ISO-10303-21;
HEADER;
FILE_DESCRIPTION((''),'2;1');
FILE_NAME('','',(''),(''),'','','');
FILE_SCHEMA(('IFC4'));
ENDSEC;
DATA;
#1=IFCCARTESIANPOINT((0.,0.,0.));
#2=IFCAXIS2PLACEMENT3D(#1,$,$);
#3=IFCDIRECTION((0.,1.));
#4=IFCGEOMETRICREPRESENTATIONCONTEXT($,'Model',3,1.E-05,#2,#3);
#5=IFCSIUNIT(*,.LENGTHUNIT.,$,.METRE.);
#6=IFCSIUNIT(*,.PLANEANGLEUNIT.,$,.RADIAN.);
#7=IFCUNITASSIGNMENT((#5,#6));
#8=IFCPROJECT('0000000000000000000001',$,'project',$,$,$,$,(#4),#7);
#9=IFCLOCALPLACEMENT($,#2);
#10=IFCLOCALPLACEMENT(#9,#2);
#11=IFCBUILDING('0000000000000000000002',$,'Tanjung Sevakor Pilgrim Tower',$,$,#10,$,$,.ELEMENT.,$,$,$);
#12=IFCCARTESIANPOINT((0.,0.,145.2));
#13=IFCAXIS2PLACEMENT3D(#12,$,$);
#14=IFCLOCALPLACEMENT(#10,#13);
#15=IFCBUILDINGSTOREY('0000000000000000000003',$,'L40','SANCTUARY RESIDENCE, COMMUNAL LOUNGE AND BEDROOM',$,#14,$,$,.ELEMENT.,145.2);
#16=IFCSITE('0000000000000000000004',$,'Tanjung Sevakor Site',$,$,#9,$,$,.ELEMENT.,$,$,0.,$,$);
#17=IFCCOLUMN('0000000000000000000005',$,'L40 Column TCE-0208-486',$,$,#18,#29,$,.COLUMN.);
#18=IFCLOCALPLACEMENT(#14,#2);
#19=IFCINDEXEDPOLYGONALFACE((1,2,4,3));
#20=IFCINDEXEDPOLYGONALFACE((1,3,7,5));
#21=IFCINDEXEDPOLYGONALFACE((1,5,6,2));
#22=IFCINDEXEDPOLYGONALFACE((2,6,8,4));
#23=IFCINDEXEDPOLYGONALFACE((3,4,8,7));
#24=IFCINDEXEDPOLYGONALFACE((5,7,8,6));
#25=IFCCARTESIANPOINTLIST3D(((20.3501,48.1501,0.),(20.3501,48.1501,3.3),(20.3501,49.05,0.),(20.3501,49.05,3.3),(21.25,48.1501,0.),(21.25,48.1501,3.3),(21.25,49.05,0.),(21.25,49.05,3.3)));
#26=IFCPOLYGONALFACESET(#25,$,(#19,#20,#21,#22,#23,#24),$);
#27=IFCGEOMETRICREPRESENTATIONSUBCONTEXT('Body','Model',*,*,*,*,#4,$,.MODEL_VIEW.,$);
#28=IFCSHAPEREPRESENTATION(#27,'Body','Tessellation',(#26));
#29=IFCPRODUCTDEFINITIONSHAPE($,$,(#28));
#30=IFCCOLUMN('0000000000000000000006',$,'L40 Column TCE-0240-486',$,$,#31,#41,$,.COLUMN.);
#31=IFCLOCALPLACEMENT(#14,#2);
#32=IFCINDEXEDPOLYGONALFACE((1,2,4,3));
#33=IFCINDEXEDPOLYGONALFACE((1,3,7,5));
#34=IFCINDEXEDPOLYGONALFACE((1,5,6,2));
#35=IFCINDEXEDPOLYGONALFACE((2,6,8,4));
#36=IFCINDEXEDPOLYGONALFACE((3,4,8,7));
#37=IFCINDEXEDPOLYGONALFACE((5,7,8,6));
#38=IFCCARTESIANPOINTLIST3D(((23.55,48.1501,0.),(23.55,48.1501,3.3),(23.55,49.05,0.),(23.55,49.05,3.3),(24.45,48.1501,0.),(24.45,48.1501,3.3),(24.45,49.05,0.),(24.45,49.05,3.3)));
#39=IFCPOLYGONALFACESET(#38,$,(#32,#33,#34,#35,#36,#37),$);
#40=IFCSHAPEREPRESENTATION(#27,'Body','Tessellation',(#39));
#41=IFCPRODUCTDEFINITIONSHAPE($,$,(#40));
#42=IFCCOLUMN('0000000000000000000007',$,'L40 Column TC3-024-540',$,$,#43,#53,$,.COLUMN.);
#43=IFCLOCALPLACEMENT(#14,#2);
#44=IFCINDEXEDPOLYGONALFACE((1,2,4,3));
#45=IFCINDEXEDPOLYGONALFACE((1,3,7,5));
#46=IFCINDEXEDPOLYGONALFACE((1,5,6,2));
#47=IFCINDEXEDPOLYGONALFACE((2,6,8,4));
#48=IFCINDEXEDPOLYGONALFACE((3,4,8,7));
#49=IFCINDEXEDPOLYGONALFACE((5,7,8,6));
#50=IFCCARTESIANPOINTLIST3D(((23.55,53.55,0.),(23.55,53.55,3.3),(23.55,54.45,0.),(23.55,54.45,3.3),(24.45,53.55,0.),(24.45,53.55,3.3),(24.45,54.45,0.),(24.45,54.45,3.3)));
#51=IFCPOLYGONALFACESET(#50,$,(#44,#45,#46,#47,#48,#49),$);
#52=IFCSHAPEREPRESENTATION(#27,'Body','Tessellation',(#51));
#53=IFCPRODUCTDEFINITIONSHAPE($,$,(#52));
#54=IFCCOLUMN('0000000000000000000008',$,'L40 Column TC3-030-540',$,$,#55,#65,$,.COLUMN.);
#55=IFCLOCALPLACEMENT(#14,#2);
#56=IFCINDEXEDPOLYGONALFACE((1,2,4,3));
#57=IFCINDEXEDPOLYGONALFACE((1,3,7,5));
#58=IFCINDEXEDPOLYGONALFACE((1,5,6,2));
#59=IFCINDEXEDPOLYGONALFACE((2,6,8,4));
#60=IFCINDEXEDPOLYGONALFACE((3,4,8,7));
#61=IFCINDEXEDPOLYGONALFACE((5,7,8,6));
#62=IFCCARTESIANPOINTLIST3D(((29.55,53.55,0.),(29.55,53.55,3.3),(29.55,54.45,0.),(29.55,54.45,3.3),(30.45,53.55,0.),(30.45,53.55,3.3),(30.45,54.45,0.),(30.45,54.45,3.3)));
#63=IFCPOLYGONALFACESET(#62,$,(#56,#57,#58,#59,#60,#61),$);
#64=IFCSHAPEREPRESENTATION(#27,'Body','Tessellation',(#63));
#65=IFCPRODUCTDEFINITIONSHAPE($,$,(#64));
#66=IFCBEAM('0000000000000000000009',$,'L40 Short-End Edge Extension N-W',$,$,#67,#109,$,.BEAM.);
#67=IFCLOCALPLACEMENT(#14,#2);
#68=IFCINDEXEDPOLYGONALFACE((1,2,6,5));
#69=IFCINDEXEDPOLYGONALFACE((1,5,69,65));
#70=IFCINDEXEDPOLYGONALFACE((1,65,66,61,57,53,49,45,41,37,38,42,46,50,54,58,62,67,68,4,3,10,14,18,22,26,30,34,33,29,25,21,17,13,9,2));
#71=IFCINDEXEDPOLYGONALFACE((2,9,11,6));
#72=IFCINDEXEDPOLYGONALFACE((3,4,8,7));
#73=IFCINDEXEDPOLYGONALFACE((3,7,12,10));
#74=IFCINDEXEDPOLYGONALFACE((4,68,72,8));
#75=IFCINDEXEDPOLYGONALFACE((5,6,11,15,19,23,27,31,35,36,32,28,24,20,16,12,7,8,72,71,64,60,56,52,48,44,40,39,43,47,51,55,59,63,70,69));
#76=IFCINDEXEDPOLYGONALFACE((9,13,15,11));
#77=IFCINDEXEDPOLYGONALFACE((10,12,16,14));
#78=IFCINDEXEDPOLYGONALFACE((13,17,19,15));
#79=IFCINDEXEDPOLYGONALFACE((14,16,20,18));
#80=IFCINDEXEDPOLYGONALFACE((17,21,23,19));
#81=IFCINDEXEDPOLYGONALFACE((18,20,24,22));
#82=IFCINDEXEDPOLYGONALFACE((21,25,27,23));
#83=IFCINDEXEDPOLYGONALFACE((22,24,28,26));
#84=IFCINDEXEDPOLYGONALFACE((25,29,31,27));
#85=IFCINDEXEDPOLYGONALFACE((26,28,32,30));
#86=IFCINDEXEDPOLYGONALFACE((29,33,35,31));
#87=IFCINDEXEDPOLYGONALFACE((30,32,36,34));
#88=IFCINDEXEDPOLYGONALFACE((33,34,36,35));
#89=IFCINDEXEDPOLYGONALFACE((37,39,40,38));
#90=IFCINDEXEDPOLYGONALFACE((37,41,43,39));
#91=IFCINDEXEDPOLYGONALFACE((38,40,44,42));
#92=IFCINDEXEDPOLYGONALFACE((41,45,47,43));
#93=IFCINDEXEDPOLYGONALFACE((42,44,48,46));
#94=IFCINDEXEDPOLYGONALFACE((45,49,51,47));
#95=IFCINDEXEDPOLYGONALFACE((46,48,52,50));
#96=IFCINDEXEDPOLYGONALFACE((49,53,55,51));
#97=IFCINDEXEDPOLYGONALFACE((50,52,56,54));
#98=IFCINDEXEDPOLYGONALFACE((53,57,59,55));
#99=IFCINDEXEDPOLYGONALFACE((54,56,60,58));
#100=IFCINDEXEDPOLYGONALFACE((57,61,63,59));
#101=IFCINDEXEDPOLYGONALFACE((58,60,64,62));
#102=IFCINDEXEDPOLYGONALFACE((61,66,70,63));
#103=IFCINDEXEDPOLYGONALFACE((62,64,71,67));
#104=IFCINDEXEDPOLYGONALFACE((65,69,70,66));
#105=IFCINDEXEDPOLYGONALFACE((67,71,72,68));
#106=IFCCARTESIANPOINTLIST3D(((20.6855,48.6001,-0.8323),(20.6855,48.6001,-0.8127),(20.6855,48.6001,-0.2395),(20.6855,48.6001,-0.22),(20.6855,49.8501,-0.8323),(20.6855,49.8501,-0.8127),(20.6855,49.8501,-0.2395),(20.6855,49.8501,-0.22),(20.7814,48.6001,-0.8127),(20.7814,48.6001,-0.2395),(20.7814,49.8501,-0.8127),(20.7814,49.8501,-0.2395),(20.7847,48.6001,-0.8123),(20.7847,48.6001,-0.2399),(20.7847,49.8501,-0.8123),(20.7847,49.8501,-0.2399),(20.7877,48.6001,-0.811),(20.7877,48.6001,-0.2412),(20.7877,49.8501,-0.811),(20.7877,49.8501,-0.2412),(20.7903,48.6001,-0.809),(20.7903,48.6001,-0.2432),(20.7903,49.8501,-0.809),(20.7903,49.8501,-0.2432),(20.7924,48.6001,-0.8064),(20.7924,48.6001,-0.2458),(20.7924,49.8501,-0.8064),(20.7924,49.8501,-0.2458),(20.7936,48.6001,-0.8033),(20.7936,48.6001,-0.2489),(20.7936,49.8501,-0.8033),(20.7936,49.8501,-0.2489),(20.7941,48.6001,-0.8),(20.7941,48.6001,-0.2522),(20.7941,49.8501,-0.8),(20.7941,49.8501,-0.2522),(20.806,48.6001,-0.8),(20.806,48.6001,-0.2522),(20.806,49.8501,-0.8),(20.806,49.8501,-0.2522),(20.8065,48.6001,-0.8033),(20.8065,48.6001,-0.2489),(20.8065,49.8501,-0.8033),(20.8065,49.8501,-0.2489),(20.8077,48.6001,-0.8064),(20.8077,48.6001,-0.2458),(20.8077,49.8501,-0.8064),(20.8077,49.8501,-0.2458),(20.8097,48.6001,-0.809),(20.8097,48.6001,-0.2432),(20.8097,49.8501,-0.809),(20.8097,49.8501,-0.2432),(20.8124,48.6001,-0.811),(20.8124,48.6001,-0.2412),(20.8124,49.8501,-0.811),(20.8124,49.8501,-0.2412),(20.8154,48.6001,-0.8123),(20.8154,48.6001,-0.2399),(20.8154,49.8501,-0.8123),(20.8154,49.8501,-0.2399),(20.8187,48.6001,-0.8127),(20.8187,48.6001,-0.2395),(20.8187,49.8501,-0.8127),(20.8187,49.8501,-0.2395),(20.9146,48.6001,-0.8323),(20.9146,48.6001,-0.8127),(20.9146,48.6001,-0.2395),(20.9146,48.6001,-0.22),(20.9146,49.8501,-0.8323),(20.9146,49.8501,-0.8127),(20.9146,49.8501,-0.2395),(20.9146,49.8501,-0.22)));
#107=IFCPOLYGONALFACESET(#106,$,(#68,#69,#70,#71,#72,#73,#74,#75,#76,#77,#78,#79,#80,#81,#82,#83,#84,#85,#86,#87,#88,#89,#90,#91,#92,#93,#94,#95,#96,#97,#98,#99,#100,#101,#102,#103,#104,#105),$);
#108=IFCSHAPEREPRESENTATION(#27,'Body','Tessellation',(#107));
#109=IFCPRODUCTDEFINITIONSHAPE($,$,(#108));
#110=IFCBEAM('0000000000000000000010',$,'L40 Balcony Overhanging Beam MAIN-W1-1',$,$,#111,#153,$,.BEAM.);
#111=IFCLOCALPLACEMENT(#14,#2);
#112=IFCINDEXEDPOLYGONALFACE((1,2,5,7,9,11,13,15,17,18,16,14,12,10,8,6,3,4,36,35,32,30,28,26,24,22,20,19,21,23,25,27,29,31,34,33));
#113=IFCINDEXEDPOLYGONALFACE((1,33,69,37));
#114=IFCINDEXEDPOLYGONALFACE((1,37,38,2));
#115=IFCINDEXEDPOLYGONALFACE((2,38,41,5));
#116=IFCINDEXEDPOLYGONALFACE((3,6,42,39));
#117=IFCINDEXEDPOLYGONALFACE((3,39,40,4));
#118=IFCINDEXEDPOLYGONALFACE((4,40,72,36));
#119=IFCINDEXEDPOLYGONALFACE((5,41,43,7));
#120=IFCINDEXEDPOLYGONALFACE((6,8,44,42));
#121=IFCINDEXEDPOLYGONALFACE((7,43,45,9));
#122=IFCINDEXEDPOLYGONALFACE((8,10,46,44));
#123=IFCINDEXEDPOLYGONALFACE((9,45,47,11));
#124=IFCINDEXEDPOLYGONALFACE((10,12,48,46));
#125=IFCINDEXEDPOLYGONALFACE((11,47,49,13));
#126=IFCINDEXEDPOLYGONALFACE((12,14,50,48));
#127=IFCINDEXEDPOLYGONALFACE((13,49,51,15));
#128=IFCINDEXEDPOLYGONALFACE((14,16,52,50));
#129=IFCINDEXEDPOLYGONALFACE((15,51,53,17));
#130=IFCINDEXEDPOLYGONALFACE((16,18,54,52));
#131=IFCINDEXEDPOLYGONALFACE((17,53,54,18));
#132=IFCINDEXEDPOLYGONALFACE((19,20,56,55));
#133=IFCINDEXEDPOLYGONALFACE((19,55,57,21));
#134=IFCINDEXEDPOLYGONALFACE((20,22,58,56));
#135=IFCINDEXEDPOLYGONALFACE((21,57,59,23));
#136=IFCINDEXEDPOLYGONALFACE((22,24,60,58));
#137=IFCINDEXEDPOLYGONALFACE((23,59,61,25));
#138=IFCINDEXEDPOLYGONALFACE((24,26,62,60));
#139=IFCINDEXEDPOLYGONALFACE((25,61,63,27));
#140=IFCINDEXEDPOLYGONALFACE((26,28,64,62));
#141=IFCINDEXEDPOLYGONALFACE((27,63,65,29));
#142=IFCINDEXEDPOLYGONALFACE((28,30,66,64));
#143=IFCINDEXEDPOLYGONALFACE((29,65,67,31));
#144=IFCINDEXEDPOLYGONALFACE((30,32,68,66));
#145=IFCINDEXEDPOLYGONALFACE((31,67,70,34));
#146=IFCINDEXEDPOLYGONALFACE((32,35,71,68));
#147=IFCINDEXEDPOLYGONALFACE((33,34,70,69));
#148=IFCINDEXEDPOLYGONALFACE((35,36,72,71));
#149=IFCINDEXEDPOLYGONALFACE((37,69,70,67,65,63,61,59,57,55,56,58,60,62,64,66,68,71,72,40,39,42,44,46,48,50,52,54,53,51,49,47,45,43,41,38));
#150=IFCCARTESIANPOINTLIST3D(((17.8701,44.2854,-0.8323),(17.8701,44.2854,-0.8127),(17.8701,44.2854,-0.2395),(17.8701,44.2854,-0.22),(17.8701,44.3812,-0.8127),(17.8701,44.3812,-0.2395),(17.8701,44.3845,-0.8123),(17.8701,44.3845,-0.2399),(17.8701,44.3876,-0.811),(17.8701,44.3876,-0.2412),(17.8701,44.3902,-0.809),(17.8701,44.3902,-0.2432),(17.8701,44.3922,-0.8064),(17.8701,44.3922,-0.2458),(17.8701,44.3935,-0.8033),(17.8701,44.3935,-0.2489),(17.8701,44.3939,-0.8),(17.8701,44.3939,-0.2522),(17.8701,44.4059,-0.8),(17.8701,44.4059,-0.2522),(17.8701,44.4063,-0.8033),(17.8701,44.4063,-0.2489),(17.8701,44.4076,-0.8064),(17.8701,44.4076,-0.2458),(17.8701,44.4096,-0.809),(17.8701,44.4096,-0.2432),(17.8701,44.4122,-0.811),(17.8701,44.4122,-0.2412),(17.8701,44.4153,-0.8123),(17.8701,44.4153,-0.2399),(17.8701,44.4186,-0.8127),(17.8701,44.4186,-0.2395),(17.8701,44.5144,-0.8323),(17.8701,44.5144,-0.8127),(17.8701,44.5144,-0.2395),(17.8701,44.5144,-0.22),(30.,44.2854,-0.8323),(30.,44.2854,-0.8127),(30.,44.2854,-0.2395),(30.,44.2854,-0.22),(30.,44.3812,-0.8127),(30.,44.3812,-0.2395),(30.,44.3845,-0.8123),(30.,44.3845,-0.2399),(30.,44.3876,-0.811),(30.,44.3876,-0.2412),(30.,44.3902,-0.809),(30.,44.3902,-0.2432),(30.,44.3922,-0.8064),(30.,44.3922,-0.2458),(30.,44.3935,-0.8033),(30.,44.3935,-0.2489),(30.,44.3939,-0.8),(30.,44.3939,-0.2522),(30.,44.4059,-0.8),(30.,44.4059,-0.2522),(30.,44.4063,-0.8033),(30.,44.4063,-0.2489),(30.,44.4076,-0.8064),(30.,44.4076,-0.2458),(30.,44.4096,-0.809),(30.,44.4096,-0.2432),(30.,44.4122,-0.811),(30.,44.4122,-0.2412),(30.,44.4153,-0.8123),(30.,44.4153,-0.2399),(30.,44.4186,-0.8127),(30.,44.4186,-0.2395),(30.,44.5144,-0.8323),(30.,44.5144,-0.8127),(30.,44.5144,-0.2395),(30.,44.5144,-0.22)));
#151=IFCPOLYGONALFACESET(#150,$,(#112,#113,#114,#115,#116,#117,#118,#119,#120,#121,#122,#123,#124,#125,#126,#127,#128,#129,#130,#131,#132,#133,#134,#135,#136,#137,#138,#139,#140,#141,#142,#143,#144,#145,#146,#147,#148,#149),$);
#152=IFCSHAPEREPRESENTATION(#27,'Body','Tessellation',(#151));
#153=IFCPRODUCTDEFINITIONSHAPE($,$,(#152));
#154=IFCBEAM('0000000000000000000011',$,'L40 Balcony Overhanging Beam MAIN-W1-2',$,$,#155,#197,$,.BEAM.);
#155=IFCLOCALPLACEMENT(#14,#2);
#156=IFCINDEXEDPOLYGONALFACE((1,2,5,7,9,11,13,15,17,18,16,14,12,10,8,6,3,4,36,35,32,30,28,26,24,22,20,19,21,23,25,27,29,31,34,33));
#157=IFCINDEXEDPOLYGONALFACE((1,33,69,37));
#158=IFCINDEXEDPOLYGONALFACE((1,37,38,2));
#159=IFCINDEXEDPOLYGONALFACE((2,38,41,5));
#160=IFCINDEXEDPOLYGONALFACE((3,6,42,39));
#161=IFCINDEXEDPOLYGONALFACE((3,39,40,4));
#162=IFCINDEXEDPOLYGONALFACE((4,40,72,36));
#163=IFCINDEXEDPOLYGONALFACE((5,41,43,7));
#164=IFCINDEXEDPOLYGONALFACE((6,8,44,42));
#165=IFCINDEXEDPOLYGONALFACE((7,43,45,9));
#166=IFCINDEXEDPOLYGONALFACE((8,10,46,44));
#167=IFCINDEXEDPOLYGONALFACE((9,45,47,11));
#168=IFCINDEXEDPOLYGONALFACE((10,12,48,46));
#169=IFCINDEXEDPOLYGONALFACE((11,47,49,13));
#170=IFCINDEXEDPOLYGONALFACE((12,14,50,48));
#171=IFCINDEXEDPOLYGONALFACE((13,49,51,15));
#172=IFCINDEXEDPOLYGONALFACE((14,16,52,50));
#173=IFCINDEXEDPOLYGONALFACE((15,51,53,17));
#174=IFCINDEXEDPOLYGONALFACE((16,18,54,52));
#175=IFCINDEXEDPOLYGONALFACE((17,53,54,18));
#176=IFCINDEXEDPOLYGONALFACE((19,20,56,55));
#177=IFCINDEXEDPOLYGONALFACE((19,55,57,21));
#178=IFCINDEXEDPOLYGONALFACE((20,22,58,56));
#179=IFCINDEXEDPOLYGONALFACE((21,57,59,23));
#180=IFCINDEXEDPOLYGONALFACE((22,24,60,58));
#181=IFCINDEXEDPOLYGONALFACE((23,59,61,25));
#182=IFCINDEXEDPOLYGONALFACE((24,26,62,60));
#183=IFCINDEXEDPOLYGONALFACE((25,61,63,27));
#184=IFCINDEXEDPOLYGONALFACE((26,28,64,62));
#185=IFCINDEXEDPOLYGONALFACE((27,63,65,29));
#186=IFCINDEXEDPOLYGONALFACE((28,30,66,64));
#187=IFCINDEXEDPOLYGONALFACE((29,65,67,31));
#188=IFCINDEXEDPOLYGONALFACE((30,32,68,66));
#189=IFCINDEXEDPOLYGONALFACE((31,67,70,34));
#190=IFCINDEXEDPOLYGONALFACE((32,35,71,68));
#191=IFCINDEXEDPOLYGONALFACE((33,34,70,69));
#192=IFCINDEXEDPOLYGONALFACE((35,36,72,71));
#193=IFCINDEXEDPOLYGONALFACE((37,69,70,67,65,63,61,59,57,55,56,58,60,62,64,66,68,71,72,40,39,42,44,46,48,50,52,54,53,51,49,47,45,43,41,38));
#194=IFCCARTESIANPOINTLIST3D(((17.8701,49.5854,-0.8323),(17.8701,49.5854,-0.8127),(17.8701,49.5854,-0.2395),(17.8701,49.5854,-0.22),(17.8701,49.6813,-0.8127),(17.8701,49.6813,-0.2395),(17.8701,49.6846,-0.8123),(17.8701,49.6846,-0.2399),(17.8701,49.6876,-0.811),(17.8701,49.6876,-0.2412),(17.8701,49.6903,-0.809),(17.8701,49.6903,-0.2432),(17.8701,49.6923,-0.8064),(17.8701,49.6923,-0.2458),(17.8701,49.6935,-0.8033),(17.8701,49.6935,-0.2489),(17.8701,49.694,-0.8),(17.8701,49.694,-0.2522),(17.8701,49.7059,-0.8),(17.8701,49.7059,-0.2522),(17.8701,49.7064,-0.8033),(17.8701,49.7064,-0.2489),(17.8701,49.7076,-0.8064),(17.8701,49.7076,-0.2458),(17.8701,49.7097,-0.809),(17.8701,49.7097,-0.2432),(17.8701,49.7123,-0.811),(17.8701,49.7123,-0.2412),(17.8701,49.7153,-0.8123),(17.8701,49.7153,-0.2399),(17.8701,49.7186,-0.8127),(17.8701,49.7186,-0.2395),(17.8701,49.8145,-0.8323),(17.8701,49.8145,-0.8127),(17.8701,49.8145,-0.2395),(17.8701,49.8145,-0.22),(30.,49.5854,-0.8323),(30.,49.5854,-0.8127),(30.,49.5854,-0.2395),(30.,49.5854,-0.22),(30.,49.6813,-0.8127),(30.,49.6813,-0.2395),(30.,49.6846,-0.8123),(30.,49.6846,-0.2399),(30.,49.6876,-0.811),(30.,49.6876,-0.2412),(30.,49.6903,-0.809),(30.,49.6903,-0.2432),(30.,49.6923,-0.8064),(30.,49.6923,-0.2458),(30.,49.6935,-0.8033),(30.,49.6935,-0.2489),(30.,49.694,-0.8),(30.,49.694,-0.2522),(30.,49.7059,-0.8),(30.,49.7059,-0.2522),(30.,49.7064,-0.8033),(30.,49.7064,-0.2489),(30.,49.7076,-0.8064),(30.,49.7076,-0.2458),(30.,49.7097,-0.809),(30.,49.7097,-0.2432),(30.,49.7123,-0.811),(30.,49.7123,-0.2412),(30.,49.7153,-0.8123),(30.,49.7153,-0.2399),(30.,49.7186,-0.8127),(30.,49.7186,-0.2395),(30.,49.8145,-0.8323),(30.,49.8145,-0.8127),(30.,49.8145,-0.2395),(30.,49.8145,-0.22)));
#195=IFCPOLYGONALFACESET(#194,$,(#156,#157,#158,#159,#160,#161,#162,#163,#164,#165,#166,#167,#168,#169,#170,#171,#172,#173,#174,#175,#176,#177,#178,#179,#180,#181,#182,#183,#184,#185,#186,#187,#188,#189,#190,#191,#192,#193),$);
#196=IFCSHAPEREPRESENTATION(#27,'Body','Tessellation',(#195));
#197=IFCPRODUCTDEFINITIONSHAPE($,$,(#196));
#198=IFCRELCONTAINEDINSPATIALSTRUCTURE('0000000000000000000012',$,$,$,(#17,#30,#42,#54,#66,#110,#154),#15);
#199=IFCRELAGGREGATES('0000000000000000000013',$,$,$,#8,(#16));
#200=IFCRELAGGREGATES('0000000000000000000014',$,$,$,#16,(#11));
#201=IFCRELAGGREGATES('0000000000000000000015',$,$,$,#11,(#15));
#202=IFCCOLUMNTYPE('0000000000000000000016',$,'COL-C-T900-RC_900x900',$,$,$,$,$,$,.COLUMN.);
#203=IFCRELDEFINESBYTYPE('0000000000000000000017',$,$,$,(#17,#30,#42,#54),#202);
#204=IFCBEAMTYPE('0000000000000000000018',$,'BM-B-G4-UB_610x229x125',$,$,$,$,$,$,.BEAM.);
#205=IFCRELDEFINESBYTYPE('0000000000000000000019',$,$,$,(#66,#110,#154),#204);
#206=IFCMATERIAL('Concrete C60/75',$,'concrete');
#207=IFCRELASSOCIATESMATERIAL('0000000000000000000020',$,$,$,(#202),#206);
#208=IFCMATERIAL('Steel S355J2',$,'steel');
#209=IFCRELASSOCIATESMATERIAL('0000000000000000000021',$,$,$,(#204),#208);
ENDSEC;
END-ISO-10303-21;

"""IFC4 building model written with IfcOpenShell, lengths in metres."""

from ifc_helpers import new_model, si_unit, direction, frame, origin, origin_2d, place, context, subcontext, project, spatial, rectangle, i_section, extrude, material, material_profile, profile_set, type_object, element, save


model = new_model("IFC4")

# Units and contexts
model_context = context("Model", 3, precision=1e-05, world=origin(), true_north=direction((0.0, 1.0)))
body_context = subcontext(model_context, "Body", "Model", "MODEL_VIEW")
ifc_project = project(units=[si_unit("LENGTHUNIT", "METRE"), si_unit("PLANEANGLEUNIT", "RADIAN")], contexts=[model_context])

# Site, building, storey
site_placement = place(None, origin())
site = spatial("IfcSite", under=ifc_project, at=site_placement, Name="Tanjung Sevakor Site", CompositionType="ELEMENT", RefElevation=0.0)
building_placement = place(site_placement, origin())
building = spatial("IfcBuilding", under=site, at=building_placement, Name="Tanjung Sevakor Pilgrim Tower", CompositionType="ELEMENT")
storey_placement = place(building_placement, frame((0.0, 0.0, 145.2)))
storey = spatial("IfcBuildingStorey", under=building, at=storey_placement, Name="L40", Description="SANCTUARY RESIDENCE, COMMUNAL LOUNGE AND BEDROOM", CompositionType="ELEMENT", Elevation=145.2)

# Columns
ifc_material_1 = material(Name="Concrete C60/75", Category="concrete")
ifc_material_profile_1 = material_profile(ifc_material_1, rectangle(XDim=0.8999, YDim=0.8999, at=origin_2d()))
ifc_profile_set_1 = profile_set([ifc_material_profile_1], Name="Concrete C60/75")
column_type = type_object("IfcColumnType", Name="COL-C-T900-RC_900x900", PredefinedType="COLUMN", material=ifc_profile_set_1)
for number, where, z_axis, x_axis, name in (
    (1, (20.8, 48.6001, 0.0), (0.0, 0.0, 1.0), (1.0, 0.0, 0.0), "L40 Column TCE-0208-486"),
    (2, (24.0, 48.6001, 0.0), (0.0, 0.0, 1.0), (1.0, 0.0, 0.0), "L40 Column TCE-0240-486"),
    (3, (24.0, 54.0, 0.0), (0.0, 0.0, 1.0), (1.0, 0.0, 0.0), "L40 Column TC3-024-540"),
    (4, (30.0, 54.0, 0.0), (0.0, 0.0, 1.0), (1.0, 0.0, 0.0), "L40 Column TC3-030-540"),
):
    element("IfcColumn", number, at=place(storey_placement, frame(where, z_axis=z_axis, x_axis=x_axis)), inside=storey, type_object=column_type, Name=name, PredefinedType="COLUMN", context=body_context, shape_type="SweptSolid", body=[
        extrude(rectangle(XDim=0.8999, YDim=0.8999, at=origin_2d()), origin(), (0.0, 0.0, 1.0), 3.3),
    ])

# Beams
ifc_material_2 = material(Name="Steel S355J2", Category="steel")
ifc_material_profile_2 = material_profile(ifc_material_2, i_section(OverallWidth=0.229, OverallDepth=0.6123, WebThickness=0.012, FlangeThickness=0.0195, FilletRadius=0.0127, at=origin_2d()))
ifc_profile_set_2 = profile_set([ifc_material_profile_2], Name="Steel S355J2")
beam_type_1 = type_object("IfcBeamType", Name="BM-B-G4-UB_610x229x125", PredefinedType="BEAM", material=ifc_profile_set_2)
beam_1_placement = place(storey_placement, frame((20.8, 48.6001, -0.5261), z_axis=(0.0, 1.0, 0.0), x_axis=(-1.0, 0.0, 0.0)))
element("IfcBeam", 5, at=beam_1_placement, inside=storey, type_object=beam_type_1, Name="L40 Short-End Edge Extension N-W", PredefinedType="BEAM", context=body_context, shape_type="SweptSolid", body=[
    extrude(i_section(OverallWidth=0.229, OverallDepth=0.6123, WebThickness=0.012, FlangeThickness=0.0195, FilletRadius=0.0127, at=origin_2d()), origin(), (0.0, 0.0, 1.0), 1.25),
])
for number, where, z_axis, x_axis, name in (
    (6, (30.0, 44.3999, -0.5261), (-1.0, 0.0, 0.0), (0.0, -1.0, 0.0), "L40 Balcony Overhanging Beam MAIN-W1-1"),
    (7, (30.0, 49.7, -0.5261), (-1.0, 0.0, 0.0), (0.0, -1.0, 0.0), "L40 Balcony Overhanging Beam MAIN-W1-2"),
):
    element("IfcBeam", number, at=place(storey_placement, frame(where, z_axis=z_axis, x_axis=x_axis)), inside=storey, type_object=beam_type_1, Name=name, PredefinedType="BEAM", context=body_context, shape_type="SweptSolid", body=[
        extrude(i_section(OverallWidth=0.229, OverallDepth=0.6123, WebThickness=0.012, FlangeThickness=0.0195, FilletRadius=0.0127, at=origin_2d()), origin(), (0.0, 0.0, 1.0), 12.1299),
    ])

save(model, "model.ifc")
